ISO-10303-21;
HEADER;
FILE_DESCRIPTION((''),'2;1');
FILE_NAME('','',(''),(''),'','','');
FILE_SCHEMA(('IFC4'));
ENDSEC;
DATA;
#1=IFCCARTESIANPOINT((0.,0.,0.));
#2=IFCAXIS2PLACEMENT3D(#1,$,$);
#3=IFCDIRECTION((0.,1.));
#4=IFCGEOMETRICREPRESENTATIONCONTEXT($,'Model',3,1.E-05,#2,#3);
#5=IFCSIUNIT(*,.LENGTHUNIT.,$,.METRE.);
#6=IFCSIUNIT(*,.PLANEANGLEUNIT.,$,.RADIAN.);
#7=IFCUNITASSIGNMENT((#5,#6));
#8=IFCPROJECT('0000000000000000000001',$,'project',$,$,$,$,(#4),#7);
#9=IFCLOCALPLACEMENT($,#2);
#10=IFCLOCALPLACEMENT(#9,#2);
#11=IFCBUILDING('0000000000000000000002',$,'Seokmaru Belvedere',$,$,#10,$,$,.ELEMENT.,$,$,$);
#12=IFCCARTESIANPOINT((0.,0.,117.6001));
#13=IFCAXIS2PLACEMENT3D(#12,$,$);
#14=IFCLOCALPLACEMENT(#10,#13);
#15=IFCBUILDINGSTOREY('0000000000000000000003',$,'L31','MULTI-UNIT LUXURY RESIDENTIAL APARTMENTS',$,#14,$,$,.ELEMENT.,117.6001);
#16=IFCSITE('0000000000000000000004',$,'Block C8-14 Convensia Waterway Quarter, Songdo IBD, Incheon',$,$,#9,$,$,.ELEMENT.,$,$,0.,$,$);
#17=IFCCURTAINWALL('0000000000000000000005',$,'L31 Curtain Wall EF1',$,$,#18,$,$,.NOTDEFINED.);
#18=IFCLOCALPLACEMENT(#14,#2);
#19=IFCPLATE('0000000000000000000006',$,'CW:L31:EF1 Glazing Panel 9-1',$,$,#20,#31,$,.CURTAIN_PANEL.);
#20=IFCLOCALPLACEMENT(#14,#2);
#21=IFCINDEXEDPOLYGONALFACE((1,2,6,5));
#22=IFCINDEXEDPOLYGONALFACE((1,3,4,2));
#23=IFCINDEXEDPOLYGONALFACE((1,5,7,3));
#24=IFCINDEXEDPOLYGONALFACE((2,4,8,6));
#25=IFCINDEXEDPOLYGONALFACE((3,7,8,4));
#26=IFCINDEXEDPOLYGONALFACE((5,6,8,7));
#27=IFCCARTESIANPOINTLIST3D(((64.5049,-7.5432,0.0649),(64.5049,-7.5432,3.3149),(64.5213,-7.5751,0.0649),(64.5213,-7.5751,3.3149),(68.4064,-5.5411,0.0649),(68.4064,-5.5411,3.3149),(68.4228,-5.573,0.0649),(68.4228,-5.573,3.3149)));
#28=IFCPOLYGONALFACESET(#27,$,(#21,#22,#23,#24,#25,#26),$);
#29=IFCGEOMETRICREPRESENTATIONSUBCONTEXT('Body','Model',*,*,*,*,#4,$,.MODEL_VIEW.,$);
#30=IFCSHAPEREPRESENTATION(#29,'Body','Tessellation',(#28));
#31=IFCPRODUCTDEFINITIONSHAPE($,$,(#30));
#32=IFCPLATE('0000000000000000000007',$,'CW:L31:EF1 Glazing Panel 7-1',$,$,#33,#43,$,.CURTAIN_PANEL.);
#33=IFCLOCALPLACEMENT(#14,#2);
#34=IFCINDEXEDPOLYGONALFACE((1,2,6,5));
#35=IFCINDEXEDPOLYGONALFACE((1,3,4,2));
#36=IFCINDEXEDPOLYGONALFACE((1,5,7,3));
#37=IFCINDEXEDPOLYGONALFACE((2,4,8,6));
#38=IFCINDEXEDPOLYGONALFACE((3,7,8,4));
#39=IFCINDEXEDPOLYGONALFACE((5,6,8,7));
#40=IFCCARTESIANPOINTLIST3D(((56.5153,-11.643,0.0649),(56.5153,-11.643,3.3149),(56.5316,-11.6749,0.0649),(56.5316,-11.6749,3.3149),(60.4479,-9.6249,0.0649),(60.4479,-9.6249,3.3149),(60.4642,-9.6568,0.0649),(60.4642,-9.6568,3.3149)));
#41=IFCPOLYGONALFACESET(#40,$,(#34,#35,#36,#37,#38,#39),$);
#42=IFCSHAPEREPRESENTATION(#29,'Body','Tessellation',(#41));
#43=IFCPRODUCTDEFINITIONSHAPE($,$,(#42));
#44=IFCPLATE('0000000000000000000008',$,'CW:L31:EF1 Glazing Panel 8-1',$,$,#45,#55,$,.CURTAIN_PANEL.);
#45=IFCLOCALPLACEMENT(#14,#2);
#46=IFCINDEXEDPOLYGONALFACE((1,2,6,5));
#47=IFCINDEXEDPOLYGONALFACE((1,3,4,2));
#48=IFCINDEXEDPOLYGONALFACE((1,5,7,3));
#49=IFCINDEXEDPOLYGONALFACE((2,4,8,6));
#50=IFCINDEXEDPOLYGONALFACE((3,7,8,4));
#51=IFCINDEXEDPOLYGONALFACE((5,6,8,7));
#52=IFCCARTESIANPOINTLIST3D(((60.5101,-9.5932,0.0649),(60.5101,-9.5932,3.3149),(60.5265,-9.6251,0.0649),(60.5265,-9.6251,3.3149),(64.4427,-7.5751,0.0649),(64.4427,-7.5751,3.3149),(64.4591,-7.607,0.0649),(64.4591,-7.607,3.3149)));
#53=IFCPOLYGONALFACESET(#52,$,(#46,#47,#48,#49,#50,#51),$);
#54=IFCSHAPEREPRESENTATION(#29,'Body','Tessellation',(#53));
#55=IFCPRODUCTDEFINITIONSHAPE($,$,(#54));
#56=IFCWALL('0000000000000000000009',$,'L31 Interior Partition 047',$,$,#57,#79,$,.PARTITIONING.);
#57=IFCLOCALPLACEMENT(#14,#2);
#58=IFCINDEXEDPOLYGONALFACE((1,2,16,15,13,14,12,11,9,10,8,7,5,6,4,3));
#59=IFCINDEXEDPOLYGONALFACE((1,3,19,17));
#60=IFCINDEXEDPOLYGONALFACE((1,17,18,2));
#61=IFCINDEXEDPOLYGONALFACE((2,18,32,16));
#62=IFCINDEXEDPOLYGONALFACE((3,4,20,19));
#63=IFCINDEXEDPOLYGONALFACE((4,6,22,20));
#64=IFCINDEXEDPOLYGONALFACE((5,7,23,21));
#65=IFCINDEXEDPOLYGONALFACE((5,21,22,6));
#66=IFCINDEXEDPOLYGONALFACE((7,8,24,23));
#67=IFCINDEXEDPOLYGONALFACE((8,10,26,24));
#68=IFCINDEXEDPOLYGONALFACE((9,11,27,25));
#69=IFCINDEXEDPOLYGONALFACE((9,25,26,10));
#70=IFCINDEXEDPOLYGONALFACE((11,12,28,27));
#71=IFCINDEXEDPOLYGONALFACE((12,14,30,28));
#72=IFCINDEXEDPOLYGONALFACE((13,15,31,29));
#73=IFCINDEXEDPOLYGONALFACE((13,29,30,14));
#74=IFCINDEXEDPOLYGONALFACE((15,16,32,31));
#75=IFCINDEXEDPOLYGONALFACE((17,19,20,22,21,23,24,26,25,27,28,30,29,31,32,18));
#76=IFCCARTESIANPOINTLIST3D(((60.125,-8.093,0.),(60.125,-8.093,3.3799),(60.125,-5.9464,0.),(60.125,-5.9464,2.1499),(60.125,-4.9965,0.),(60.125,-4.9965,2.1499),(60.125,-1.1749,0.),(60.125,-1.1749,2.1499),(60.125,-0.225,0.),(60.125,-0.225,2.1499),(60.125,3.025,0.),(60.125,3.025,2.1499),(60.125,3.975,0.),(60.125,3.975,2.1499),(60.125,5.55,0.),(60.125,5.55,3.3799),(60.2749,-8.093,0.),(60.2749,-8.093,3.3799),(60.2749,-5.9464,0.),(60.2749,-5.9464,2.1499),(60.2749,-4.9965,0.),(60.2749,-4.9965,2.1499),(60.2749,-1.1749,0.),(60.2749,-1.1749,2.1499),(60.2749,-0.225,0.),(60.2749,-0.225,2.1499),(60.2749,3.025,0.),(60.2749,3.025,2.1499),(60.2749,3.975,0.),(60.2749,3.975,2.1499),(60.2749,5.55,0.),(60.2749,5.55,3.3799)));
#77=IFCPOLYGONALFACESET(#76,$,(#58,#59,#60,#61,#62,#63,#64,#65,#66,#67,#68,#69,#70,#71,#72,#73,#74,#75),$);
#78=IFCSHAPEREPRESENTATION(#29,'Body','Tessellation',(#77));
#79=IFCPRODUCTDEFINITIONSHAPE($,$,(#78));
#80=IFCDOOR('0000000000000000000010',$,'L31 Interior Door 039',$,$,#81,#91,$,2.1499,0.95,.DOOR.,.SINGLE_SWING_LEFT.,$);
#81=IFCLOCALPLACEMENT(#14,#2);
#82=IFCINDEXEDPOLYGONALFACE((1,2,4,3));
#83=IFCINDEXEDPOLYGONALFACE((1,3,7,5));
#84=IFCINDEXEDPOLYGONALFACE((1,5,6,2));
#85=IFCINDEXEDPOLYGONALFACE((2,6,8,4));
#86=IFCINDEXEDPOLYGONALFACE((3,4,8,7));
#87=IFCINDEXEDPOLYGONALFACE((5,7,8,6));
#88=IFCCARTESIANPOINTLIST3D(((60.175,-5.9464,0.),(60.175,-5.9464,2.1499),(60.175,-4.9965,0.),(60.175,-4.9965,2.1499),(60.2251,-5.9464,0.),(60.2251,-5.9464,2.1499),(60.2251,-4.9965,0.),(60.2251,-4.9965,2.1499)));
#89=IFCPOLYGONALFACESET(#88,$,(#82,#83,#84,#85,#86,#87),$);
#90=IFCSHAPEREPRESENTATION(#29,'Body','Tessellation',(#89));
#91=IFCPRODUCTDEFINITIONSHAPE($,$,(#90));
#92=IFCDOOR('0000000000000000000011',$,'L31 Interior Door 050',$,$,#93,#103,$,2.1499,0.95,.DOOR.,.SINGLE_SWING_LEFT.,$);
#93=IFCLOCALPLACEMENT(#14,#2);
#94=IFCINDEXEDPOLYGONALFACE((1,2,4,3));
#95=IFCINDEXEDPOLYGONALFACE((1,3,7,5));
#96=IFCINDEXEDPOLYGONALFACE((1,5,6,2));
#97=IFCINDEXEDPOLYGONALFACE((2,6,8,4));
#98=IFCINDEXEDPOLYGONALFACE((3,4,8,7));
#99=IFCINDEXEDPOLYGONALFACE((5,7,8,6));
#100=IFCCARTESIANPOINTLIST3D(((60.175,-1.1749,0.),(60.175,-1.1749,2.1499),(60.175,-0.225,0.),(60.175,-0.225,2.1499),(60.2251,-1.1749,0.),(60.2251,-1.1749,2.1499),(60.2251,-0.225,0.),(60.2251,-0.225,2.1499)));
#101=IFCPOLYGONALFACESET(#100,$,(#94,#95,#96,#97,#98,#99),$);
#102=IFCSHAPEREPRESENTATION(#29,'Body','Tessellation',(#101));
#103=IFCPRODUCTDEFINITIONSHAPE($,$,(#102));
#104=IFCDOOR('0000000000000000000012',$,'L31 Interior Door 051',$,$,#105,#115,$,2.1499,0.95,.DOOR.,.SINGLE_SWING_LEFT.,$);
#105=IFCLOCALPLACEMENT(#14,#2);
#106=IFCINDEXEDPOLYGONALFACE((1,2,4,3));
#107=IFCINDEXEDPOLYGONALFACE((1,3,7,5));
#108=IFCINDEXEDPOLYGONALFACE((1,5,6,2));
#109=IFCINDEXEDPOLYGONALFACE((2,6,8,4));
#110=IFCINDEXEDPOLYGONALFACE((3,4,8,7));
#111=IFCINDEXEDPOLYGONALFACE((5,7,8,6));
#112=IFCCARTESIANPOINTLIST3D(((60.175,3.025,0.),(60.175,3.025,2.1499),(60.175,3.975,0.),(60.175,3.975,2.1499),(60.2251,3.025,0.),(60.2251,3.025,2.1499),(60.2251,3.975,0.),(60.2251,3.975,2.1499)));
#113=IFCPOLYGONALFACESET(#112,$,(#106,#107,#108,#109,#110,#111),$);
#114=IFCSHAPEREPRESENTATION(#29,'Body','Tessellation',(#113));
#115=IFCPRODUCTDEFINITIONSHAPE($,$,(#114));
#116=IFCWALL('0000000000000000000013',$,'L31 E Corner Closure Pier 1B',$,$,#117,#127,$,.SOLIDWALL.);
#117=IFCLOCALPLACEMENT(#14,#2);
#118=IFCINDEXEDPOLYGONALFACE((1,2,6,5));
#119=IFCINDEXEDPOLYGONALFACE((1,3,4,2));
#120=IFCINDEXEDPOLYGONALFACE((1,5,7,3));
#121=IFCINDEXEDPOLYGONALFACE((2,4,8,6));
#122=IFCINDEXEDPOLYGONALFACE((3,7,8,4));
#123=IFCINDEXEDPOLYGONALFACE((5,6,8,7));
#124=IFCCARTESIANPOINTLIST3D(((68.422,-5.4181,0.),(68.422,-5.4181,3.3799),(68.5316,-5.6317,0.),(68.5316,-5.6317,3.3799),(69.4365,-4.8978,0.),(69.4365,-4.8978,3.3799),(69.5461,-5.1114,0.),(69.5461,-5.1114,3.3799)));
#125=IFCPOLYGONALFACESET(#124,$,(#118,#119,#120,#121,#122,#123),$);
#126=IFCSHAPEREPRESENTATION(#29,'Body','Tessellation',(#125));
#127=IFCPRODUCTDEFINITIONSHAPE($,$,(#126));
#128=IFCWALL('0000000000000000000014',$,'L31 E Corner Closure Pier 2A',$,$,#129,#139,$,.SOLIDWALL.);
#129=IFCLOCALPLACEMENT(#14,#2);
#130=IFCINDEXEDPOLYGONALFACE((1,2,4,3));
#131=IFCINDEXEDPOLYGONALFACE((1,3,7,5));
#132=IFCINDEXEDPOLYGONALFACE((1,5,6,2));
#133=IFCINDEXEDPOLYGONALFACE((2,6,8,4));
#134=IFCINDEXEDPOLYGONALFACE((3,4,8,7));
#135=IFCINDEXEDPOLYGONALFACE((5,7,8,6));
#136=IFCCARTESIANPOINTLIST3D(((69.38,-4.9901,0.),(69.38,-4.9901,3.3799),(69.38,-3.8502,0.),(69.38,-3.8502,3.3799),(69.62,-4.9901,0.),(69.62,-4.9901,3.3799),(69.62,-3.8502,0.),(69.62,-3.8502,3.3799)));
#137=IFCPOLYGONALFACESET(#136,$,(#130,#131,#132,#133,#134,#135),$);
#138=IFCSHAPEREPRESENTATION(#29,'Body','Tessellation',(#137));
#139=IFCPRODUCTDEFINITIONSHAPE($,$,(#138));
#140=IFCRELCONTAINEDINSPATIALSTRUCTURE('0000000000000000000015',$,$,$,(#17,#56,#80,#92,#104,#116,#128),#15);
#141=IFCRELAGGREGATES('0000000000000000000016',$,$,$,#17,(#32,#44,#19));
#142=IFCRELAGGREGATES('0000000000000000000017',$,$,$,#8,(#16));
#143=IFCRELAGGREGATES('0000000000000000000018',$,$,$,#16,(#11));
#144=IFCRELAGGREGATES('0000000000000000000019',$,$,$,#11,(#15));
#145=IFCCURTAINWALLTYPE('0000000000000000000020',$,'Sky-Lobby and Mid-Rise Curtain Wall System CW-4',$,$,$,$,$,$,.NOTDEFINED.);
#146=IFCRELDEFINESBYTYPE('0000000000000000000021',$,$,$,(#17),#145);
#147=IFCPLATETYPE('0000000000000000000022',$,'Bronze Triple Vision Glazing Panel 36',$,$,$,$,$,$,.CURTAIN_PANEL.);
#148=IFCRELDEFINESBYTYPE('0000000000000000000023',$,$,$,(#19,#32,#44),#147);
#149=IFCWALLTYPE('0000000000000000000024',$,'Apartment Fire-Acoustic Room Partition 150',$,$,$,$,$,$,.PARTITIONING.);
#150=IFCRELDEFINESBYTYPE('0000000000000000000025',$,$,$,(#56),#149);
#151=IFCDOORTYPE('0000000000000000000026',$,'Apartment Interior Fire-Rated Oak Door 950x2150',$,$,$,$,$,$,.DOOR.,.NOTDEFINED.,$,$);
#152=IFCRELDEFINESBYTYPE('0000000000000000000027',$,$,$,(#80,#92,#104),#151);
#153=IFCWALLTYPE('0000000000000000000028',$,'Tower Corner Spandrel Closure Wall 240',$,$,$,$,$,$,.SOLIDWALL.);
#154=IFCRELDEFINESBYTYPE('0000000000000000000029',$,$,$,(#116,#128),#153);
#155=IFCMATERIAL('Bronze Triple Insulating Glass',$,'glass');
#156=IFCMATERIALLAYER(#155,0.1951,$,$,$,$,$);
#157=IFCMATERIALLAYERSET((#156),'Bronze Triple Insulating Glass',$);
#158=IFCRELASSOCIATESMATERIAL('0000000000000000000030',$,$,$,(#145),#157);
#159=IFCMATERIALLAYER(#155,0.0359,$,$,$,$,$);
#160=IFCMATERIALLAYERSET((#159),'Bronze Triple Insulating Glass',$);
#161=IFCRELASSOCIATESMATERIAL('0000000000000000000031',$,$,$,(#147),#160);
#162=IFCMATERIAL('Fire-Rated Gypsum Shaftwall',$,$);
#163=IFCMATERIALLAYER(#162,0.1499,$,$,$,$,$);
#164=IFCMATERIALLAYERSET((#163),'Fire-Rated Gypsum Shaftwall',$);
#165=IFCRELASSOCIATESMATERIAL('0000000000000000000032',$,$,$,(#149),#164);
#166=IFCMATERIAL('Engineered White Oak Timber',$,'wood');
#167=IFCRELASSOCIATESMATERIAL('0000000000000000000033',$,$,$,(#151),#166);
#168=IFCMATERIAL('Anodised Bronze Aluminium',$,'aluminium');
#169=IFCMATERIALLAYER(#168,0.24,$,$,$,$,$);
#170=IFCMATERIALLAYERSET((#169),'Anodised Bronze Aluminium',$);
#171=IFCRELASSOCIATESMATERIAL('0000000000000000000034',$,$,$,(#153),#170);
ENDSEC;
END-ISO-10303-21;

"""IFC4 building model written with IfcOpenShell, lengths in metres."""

from ifc_helpers import new_model, si_unit, direction, frame, frame_2d, origin, origin_2d, place, context, subcontext, project, spatial, rectangle, extrude, source, transform, mapped, material, layer, layer_set, type_object, type_shapes, element, fill, aggregate, save


model = new_model("IFC4")

# Units and contexts
model_context = context("Model", 3, precision=1e-05, world=origin(), true_north=direction((0.0, 1.0)))
body_context = subcontext(model_context, "Body", "Model", "MODEL_VIEW")
ifc_project = project(units=[si_unit("LENGTHUNIT", "METRE"), si_unit("PLANEANGLEUNIT", "RADIAN")], contexts=[model_context])

# Site, building, storey
site_placement = place(None, origin())
site = spatial("IfcSite", under=ifc_project, at=site_placement, Name="Block C8-14 Convensia Waterway Quarter, Songdo IBD, Incheon", CompositionType="ELEMENT", RefElevation=0.0)
building_placement = place(site_placement, origin())
building = spatial("IfcBuilding", under=site, at=building_placement, Name="Seokmaru Belvedere", CompositionType="ELEMENT")
storey_placement = place(building_placement, frame((0.0, 0.0, 117.6001)))
storey = spatial("IfcBuildingStorey", under=building, at=storey_placement, Name="L31", Description="MULTI-UNIT LUXURY RESIDENTIAL APARTMENTS", CompositionType="ELEMENT", Elevation=117.6001)

# Curtain wall
ifc_material_1 = material(Name="Bronze Triple Insulating Glass", Category="glass")
ifc_layer_1 = layer(ifc_material_1, 0.1951)
ifc_layer_set_1 = layer_set([ifc_layer_1], Name="Bronze Triple Insulating Glass")
curtain_wall_type = type_object("IfcCurtainWallType", Name="Sky-Lobby and Mid-Rise Curtain Wall System CW-4", PredefinedType="NOTDEFINED", material=ifc_layer_set_1)
curtain_wall_1_placement = place(storey_placement, origin())
curtain_wall_1 = element("IfcCurtainWall", 1, at=curtain_wall_1_placement, inside=storey, type_object=curtain_wall_type, Name="L31 Curtain Wall EF1", PredefinedType="NOTDEFINED")
ifc_material_2 = material(Name="Anodised Bronze Aluminium", Category="aluminium")

# Plates
ifc_layer_2 = layer(ifc_material_1, 0.0359)
ifc_layer_set_2 = layer_set([ifc_layer_2], Name="Bronze Triple Insulating Glass")
plate_type = type_object("IfcPlateType", Name="Bronze Triple Vision Glazing Panel 36", PredefinedType="CURTAIN_PANEL", material=ifc_layer_set_2)
shared_shape_1 = source(origin(), body_context, "Body", "SweptSolid", [
    extrude(rectangle(XDim=4.3853, YDim=0.0359, at=origin_2d()), origin(), (0.0, 0.0, 1.0), 3.25),
])
plate_1_placement = place(storey_placement, frame((66.4639, -6.5581, 0.0649), z_axis=(0.0, 0.0, 1.0), x_axis=(0.889695, 0.456555, 0.0)))
plate_1 = element("IfcPlate", 2, at=plate_1_placement, type_object=plate_type, Name="CW:L31:EF1 Glazing Panel 9-1", PredefinedType="CURTAIN_PANEL", context=body_context, shape_type="MappedRepresentation", body=[
    mapped(shared_shape_1, transform((0.0, 0.0, 0.0), scale=1.0)),
])
shared_shape_2 = source(origin(), body_context, "Body", "SweptSolid", [
    extrude(rectangle(XDim=4.4202, YDim=0.0359, at=origin_2d()), origin(), (0.0, 0.0, 1.0), 3.25),
])
type_shapes(plate_type, [shared_shape_1, shared_shape_2])
plate_2_placement = place(storey_placement, frame((58.4897, -10.6499, 0.0649), z_axis=(0.0, 0.0, 1.0), x_axis=(0.889695, 0.456555, 0.0)))
plate_2 = element("IfcPlate", 3, at=plate_2_placement, type_object=plate_type, Name="CW:L31:EF1 Glazing Panel 7-1", PredefinedType="CURTAIN_PANEL", context=body_context, shape_type="MappedRepresentation", body=[
    mapped(shared_shape_2, transform((0.0, 0.0, 0.0), scale=1.0)),
])
plate_3_placement = place(storey_placement, frame((62.4846, -8.6001, 0.0649), z_axis=(0.0, 0.0, 1.0), x_axis=(0.889695, 0.456555, 0.0)))
plate_3 = element("IfcPlate", 4, at=plate_3_placement, type_object=plate_type, Name="CW:L31:EF1 Glazing Panel 8-1", PredefinedType="CURTAIN_PANEL", context=body_context, shape_type="MappedRepresentation", body=[
    mapped(shared_shape_2, transform((0.0, 0.0, 0.0), scale=1.0)),
])
aggregate(curtain_wall_1, [plate_2, plate_3, plate_1])

# Wall, openings, doors
ifc_material_3 = material(Name="Fire-Rated Gypsum Shaftwall")
ifc_layer_3 = layer(ifc_material_3, 0.1499)
ifc_layer_set_3 = layer_set([ifc_layer_3], Name="Fire-Rated Gypsum Shaftwall")
wall_type_1 = type_object("IfcWallType", Name="Apartment Fire-Acoustic Room Partition 150", PredefinedType="PARTITIONING", material=ifc_layer_set_3)
wall_1_placement = place(storey_placement, frame((60.2, -8.093, 0.0), z_axis=(0.0, 0.0, 1.0), x_axis=(0.0, 1.0, 0.0)))
wall_1 = element("IfcWall", 5, at=wall_1_placement, inside=storey, type_object=wall_type_1, Name="L31 Interior Partition 047", PredefinedType="PARTITIONING", context=body_context, shape_type="SweptSolid", body=[
    extrude(rectangle(XDim=13.6431, YDim=0.1499, at=frame_2d((6.8215, 0.0))), origin(), (0.0, 0.0, 1.0), 3.3799),
])
opening_1_placement = place(wall_1_placement, frame((2.1465, 0.0, 0.0)))
opening_1 = element("IfcOpeningElement", 6, at=opening_1_placement, cuts=wall_1, PredefinedType="OPENING", context=body_context, shape_type="SweptSolid", body=[
    extrude(rectangle(XDim=0.95, YDim=2.1499, at=frame_2d((0.4751, 1.075))), frame((0.0, 0.085, 0.0), z_axis=(0.0, -1.0, 0.0), x_axis=(1.0, 0.0, 0.0)), (0.0, 0.0, 1.0), 0.1699),
])
opening_2_placement = place(wall_1_placement, frame((6.918, 0.0, 0.0)))
opening_2 = element("IfcOpeningElement", 7, at=opening_2_placement, cuts=wall_1, PredefinedType="OPENING", context=body_context, shape_type="SweptSolid", body=[
    extrude(rectangle(XDim=0.95, YDim=2.1499, at=frame_2d((0.4751, 1.075))), frame((0.0, 0.085, 0.0), z_axis=(0.0, -1.0, 0.0), x_axis=(1.0, 0.0, 0.0)), (0.0, 0.0, 1.0), 0.1699),
])
opening_3_placement = place(wall_1_placement, frame((11.1179, 0.0, 0.0)))
opening_3 = element("IfcOpeningElement", 8, at=opening_3_placement, cuts=wall_1, PredefinedType="OPENING", context=body_context, shape_type="SweptSolid", body=[
    extrude(rectangle(XDim=0.95, YDim=2.1499, at=frame_2d((0.4751, 1.075))), frame((0.0, 0.085, 0.0), z_axis=(0.0, -1.0, 0.0), x_axis=(1.0, 0.0, 0.0)), (0.0, 0.0, 1.0), 0.1699),
])
ifc_material_4 = material(Name="Engineered White Oak Timber", Category="wood")
door_type = type_object("IfcDoorType", Name="Apartment Interior Fire-Rated Oak Door 950x2150", OperationType="NOTDEFINED", PredefinedType="DOOR", material=ifc_material_4)
shared_shape_3 = source(origin(), body_context, "Body", "SweptSolid", [
    extrude(rectangle(XDim=0.95, YDim=2.1499, at=frame_2d((0.4751, 1.075))), frame((0.0, 0.0249, 0.0), z_axis=(0.0, -1.0, 0.0), x_axis=(1.0, 0.0, 0.0)), (0.0, 0.0, 1.0), 0.05),
])
type_shapes(door_type, [shared_shape_3])
door_1_placement = place(opening_1_placement, origin())
door_1 = element("IfcDoor", 9, at=door_1_placement, inside=storey, type_object=door_type, Name="L31 Interior Door 039", OperationType="SINGLE_SWING_LEFT", OverallHeight=2.1499, OverallWidth=0.95, PredefinedType="DOOR", context=body_context, shape_type="MappedRepresentation", body=[
    mapped(shared_shape_3, transform((0.0, 0.0, 0.0), scale=1.0)),
])
fill(opening_1, door_1)
door_2_placement = place(opening_2_placement, origin())
door_2 = element("IfcDoor", 10, at=door_2_placement, inside=storey, type_object=door_type, Name="L31 Interior Door 050", OperationType="SINGLE_SWING_LEFT", OverallHeight=2.1499, OverallWidth=0.95, PredefinedType="DOOR", context=body_context, shape_type="MappedRepresentation", body=[
    mapped(shared_shape_3, transform((0.0, 0.0, 0.0), scale=1.0)),
])
fill(opening_2, door_2)
door_3_placement = place(opening_3_placement, origin())
door_3 = element("IfcDoor", 11, at=door_3_placement, inside=storey, type_object=door_type, Name="L31 Interior Door 051", OperationType="SINGLE_SWING_LEFT", OverallHeight=2.1499, OverallWidth=0.95, PredefinedType="DOOR", context=body_context, shape_type="MappedRepresentation", body=[
    mapped(shared_shape_3, transform((0.0, 0.0, 0.0), scale=1.0)),
])
fill(opening_3, door_3)

# Walls
ifc_layer_4 = layer(ifc_material_2, 0.24)
ifc_layer_set_4 = layer_set([ifc_layer_4], Name="Anodised Bronze Aluminium")
wall_type_2 = type_object("IfcWallType", Name="Tower Corner Spandrel Closure Wall 240", PredefinedType="SOLIDWALL", material=ifc_layer_set_4)
wall_2_placement = place(storey_placement, frame((68.4768, -5.5249, 0.0), z_axis=(0.0, 0.0, 1.0), x_axis=(0.889797, 0.456356, 0.0)))
element("IfcWall", 12, at=wall_2_placement, inside=storey, type_object=wall_type_2, Name="L31 E Corner Closure Pier 1B", PredefinedType="SOLIDWALL", context=body_context, shape_type="SweptSolid", body=[
    extrude(rectangle(XDim=1.1401, YDim=0.24, at=frame_2d((0.5701, 0.0))), origin(), (0.0, 0.0, 1.0), 3.3799),
])
wall_3_placement = place(storey_placement, frame((69.5, -4.99, 0.0), z_axis=(0.0, 0.0, 1.0), x_axis=(0.0, 1.0, 0.0)))
element("IfcWall", 13, at=wall_3_placement, inside=storey, type_object=wall_type_2, Name="L31 E Corner Closure Pier 2A", PredefinedType="SOLIDWALL", context=body_context, shape_type="SweptSolid", body=[
    extrude(rectangle(XDim=1.1399, YDim=0.24, at=frame_2d((0.5698, 0.0))), origin(), (0.0, 0.0, 1.0), 3.3799),
])

save(model, "model.ifc")
